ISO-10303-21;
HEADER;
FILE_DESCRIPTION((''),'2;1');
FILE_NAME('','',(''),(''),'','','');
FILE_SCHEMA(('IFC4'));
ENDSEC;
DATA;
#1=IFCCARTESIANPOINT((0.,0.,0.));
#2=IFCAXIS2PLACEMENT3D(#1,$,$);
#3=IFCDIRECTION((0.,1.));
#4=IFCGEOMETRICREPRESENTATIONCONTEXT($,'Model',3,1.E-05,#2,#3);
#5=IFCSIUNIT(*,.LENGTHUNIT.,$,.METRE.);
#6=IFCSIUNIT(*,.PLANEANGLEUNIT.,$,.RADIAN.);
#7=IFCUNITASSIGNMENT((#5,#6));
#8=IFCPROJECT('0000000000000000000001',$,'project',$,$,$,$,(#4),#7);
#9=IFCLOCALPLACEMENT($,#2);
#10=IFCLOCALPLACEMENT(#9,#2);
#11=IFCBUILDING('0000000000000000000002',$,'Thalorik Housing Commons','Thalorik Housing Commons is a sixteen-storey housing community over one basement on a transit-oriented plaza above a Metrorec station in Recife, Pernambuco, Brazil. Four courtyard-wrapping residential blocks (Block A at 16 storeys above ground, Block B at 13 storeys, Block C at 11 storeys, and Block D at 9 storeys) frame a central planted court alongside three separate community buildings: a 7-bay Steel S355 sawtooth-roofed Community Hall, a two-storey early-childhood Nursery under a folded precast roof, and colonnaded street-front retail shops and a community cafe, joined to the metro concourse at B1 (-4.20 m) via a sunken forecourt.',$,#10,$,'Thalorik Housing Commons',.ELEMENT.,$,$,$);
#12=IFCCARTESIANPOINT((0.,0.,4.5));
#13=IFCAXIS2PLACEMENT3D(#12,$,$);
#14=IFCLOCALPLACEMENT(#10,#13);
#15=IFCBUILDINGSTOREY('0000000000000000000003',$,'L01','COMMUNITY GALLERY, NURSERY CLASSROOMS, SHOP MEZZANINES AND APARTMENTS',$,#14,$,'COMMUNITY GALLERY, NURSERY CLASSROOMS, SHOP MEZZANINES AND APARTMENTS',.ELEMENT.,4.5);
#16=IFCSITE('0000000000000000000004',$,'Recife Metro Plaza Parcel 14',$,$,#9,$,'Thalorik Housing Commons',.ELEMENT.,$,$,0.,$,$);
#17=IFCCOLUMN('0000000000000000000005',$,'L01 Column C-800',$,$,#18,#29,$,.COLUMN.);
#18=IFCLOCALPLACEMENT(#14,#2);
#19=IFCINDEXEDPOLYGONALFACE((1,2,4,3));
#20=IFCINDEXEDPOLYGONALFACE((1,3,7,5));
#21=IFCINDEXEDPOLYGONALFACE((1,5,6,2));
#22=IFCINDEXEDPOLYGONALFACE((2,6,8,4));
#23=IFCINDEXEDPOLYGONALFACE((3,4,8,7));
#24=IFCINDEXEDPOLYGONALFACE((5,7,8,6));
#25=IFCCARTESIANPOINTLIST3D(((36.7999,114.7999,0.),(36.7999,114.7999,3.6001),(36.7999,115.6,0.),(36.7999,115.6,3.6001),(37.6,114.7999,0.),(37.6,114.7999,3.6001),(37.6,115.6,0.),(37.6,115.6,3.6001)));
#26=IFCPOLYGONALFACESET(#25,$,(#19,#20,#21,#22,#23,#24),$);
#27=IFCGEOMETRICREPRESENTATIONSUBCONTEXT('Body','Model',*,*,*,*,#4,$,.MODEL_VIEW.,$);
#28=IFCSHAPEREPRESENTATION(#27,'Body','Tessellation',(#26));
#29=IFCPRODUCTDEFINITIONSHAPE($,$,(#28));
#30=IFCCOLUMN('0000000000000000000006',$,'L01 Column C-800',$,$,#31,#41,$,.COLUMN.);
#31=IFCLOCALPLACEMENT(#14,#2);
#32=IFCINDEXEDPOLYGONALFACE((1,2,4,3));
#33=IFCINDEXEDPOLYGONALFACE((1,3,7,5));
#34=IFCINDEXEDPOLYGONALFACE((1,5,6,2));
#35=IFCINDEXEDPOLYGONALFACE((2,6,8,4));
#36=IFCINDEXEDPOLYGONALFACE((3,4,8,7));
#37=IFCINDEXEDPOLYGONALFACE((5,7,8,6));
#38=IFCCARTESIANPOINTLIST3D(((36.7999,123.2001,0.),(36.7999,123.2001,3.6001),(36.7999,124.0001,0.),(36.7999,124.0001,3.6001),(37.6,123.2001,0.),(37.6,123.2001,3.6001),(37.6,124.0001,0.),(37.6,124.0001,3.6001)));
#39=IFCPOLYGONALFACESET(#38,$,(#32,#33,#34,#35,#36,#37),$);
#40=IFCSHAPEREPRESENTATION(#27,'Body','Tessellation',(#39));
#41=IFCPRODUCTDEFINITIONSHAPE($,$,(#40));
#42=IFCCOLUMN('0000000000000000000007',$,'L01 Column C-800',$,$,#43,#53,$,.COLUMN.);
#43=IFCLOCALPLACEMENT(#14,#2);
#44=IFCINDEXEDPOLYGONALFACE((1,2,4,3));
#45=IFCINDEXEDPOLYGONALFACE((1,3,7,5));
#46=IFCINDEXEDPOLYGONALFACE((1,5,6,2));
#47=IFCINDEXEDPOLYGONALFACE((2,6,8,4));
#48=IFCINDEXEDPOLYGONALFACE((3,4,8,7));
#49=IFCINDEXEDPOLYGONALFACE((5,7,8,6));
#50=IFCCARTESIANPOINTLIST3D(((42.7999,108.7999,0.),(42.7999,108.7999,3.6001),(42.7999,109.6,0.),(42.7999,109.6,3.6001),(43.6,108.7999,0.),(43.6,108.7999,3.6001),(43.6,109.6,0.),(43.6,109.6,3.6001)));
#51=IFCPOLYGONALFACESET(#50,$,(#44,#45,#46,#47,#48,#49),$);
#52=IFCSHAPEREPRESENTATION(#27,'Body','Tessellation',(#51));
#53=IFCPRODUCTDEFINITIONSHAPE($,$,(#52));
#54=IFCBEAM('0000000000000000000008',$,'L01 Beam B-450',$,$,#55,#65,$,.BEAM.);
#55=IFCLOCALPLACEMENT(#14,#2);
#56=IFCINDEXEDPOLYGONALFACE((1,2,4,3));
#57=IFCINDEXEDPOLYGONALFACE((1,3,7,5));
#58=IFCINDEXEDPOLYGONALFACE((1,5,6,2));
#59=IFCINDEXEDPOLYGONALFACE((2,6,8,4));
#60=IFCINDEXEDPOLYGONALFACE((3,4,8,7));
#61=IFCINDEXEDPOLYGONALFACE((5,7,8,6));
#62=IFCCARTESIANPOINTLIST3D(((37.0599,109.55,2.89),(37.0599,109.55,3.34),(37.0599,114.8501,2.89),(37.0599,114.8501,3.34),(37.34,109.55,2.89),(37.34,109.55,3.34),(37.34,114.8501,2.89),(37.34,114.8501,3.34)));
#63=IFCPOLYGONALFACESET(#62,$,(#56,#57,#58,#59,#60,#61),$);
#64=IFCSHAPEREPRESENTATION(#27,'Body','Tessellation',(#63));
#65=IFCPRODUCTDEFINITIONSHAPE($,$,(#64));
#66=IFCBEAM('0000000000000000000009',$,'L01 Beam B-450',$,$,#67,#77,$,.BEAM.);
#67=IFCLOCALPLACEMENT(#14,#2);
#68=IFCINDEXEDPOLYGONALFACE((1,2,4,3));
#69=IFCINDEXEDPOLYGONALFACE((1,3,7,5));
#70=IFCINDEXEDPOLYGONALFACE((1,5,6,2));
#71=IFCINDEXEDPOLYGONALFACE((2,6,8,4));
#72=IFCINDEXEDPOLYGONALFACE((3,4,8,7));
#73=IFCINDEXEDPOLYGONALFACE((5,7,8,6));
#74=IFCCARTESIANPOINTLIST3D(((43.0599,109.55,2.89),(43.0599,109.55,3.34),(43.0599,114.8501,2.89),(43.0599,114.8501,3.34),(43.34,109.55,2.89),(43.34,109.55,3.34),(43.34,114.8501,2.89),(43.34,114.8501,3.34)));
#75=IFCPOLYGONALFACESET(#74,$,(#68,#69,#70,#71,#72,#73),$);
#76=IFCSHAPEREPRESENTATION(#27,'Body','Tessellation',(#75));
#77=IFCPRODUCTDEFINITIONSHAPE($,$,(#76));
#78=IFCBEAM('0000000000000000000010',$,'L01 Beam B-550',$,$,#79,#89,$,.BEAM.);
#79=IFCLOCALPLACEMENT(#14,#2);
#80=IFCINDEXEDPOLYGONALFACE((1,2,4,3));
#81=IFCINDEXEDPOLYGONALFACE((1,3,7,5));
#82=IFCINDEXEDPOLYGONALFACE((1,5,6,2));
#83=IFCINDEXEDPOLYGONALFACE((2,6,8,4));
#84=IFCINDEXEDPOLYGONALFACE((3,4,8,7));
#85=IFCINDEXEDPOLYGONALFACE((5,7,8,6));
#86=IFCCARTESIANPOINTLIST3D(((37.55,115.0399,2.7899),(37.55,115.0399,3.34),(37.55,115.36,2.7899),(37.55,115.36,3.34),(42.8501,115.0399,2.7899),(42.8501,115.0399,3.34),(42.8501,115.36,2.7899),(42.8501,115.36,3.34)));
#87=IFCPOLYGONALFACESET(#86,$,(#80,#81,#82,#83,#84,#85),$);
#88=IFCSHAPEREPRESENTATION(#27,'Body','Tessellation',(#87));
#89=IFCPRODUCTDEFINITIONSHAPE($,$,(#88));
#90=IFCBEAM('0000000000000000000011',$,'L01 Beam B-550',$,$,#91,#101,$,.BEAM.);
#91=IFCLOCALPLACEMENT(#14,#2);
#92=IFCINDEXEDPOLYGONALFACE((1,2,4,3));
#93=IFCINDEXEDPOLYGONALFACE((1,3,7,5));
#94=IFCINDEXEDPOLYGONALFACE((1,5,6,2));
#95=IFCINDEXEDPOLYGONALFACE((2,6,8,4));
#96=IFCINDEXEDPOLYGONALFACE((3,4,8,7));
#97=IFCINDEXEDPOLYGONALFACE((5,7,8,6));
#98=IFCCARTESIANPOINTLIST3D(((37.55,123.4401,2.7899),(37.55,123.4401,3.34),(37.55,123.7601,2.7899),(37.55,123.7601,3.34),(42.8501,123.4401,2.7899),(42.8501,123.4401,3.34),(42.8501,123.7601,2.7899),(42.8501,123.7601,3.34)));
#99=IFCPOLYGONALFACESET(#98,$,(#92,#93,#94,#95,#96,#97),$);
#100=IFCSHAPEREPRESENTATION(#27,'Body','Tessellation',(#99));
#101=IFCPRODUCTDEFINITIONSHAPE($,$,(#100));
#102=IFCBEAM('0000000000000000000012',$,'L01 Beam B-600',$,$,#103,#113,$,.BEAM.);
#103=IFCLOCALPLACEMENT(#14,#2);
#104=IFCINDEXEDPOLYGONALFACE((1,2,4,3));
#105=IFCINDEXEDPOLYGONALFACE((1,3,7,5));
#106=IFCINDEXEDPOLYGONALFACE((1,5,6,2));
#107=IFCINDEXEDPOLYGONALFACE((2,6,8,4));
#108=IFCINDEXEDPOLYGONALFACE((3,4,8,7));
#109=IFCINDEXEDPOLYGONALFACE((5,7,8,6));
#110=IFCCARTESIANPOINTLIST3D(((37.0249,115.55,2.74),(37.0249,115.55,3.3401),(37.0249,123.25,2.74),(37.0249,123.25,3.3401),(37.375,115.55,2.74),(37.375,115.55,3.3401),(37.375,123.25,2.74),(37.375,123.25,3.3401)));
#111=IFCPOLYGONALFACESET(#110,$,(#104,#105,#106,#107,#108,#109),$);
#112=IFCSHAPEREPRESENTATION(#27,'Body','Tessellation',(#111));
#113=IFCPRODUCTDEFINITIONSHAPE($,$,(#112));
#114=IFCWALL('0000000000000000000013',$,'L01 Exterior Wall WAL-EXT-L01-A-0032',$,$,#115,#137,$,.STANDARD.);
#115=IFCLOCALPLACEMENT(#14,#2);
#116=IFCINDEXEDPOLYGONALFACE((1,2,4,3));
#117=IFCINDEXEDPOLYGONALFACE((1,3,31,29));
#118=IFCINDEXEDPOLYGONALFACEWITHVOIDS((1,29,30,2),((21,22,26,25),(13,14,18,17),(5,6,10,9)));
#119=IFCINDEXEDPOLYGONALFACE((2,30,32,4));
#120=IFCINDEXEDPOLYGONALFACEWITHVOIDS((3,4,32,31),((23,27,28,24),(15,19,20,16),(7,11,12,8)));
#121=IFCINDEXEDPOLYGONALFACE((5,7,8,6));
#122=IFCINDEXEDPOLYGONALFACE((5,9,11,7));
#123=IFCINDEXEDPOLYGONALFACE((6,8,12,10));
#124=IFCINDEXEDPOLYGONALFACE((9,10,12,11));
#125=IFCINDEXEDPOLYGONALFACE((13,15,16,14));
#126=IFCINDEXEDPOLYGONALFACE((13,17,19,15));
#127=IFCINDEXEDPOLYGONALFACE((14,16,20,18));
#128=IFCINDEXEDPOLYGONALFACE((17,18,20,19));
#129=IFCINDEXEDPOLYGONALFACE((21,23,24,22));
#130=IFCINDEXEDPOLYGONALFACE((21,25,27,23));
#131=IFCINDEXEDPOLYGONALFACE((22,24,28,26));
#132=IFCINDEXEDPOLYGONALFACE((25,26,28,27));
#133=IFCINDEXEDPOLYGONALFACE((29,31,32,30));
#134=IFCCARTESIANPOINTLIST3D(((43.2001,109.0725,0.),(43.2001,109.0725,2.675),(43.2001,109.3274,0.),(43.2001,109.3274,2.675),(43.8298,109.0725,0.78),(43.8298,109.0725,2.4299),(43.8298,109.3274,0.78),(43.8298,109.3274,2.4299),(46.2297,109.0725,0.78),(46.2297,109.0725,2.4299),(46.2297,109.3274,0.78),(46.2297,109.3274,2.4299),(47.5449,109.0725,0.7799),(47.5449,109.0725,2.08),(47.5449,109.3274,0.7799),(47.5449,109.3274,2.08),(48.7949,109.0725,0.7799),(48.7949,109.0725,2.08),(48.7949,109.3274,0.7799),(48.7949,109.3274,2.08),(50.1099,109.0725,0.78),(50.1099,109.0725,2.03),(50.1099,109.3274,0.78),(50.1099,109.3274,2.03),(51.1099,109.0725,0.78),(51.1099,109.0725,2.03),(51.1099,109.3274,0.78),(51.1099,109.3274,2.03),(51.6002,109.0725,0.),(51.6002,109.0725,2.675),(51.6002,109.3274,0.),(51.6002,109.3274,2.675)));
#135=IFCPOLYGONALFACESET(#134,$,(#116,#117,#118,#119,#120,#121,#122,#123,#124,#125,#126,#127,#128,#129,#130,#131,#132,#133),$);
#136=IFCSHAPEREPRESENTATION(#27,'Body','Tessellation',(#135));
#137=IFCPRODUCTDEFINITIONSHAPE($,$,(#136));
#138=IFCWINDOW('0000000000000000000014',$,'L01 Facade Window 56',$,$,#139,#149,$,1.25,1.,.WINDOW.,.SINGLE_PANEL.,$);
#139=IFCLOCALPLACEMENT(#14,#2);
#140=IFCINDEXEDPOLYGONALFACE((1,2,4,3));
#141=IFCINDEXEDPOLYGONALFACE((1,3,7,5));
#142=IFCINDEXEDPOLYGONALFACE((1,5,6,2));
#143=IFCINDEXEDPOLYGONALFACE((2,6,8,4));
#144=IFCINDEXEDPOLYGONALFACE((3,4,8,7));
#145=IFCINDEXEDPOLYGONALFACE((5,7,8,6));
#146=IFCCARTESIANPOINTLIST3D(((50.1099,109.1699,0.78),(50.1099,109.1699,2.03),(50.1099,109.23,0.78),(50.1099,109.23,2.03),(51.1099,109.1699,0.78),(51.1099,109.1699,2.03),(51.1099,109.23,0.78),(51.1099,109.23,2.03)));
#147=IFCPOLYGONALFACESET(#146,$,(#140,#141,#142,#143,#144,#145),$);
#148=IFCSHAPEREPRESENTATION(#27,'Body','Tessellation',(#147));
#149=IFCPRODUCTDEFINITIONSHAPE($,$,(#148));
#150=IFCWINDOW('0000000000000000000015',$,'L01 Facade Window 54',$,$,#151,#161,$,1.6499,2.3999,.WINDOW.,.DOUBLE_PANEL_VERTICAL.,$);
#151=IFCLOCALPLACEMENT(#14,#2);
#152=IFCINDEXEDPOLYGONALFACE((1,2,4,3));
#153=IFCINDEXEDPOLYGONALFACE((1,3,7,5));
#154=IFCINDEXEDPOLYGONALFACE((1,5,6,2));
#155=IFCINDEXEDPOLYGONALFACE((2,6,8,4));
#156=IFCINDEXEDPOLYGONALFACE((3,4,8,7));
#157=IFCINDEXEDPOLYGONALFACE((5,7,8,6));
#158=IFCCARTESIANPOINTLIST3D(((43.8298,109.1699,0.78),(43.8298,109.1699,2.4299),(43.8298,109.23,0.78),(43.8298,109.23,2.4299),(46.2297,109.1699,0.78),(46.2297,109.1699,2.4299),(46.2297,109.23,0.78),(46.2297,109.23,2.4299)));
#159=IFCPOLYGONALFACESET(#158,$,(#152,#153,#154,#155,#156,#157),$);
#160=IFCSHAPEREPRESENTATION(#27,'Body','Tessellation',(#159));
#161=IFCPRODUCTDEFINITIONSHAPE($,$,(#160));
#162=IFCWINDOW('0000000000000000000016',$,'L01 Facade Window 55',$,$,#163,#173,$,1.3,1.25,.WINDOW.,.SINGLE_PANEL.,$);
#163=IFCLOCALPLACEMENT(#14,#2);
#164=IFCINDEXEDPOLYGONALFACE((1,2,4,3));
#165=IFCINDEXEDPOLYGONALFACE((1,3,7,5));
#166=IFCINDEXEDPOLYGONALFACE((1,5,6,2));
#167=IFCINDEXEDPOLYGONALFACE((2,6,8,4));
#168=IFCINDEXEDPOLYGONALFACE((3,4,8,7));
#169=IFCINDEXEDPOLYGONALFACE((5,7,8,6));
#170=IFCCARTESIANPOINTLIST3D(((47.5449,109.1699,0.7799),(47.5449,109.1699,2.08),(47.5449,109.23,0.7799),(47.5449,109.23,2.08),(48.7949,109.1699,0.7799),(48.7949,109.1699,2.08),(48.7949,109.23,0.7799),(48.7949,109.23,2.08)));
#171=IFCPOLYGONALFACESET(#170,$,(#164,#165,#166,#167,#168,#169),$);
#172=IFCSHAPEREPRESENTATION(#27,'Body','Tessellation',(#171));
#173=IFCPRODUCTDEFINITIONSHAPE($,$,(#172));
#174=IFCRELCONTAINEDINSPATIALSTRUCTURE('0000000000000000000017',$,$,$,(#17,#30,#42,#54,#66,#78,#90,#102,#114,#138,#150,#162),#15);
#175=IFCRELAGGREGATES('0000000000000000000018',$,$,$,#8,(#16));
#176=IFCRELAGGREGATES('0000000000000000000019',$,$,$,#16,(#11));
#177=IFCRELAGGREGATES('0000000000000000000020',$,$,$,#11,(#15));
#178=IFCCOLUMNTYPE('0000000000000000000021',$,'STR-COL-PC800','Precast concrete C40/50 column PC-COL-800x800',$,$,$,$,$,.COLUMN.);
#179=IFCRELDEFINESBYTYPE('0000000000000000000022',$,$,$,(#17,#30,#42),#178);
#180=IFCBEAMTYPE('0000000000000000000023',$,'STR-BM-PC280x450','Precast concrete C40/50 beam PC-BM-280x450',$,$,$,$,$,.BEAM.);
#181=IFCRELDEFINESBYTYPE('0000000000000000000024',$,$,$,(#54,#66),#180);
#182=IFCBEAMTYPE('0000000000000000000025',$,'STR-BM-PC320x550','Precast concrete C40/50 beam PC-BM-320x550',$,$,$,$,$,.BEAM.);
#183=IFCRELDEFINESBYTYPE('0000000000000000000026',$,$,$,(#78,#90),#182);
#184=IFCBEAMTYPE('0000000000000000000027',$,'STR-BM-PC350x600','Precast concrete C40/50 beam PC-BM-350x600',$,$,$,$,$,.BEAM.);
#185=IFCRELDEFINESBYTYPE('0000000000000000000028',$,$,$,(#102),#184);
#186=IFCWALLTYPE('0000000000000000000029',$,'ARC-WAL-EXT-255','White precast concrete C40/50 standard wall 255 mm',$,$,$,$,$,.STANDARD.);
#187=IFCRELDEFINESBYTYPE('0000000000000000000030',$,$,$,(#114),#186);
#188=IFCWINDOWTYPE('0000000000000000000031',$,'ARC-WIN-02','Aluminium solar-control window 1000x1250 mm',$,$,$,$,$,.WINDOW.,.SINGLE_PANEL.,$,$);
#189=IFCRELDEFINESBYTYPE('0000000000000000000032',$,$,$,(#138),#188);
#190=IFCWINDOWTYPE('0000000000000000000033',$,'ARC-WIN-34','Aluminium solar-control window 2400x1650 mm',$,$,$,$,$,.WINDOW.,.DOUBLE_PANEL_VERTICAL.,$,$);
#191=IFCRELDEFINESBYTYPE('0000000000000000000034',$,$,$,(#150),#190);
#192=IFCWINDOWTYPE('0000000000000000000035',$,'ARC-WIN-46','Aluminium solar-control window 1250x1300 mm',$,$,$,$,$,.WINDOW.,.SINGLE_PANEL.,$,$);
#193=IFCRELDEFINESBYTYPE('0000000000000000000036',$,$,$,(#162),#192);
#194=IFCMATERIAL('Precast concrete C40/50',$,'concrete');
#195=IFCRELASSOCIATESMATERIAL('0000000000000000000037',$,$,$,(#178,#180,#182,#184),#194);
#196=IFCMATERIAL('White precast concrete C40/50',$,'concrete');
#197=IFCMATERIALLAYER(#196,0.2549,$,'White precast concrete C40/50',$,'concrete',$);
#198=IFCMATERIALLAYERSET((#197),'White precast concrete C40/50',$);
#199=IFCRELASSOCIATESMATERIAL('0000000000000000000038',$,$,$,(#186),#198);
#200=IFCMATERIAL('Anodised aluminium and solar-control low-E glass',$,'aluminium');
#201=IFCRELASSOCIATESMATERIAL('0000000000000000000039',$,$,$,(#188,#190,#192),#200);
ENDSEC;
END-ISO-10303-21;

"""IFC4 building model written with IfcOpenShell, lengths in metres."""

from ifc_helpers import new_model, si_unit, direction, frame, frame_2d, origin, origin_2d, place, context, subcontext, project, spatial, rectangle, extrude, material, layer, layer_set, material_profile, profile_set, type_object, element, fill, save


model = new_model("IFC4")

# Units and contexts
model_context = context("Model", 3, precision=1e-05, world=origin(), true_north=direction((0.0, 1.0)))
body_context = subcontext(model_context, "Body", "Model", "MODEL_VIEW")
ifc_project = project(units=[si_unit("LENGTHUNIT", "METRE"), si_unit("PLANEANGLEUNIT", "RADIAN")], contexts=[model_context])

# Site, building, storey
site_placement = place(None, origin())
site = spatial("IfcSite", under=ifc_project, at=site_placement, Name="Recife Metro Plaza Parcel 14", LongName="Thalorik Housing Commons", CompositionType="ELEMENT", RefElevation=0.0)
building_placement = place(site_placement, origin())
building = spatial("IfcBuilding", under=site, at=building_placement, Name="Thalorik Housing Commons", Description="Thalorik Housing Commons is a sixteen-storey housing community over one basement on a transit-oriented plaza above a Metrorec station in Recife, Pernambuco, Brazil. Four courtyard-wrapping residential blocks (Block A at 16 storeys above ground, Block B at 13 storeys, Block C at 11 storeys, and Block D at 9 storeys) frame a central planted court alongside three separate community buildings: a 7-bay Steel S355 sawtooth-roofed Community Hall, a two-storey early-childhood Nursery under a folded precast roof, and colonnaded street-front retail shops and a community cafe, joined to the metro concourse at B1 (-4.20 m) via a sunken forecourt.", LongName="Thalorik Housing Commons", CompositionType="ELEMENT")
storey_placement = place(building_placement, frame((0.0, 0.0, 4.5)))
storey = spatial("IfcBuildingStorey", under=building, at=storey_placement, Name="L01", Description="COMMUNITY GALLERY, NURSERY CLASSROOMS, SHOP MEZZANINES AND APARTMENTS", LongName="COMMUNITY GALLERY, NURSERY CLASSROOMS, SHOP MEZZANINES AND APARTMENTS", CompositionType="ELEMENT", Elevation=4.5)

# Columns
ifc_material_1 = material(Name="Precast concrete C40/50", Category="concrete")
ifc_material_profile_1 = material_profile(ifc_material_1, rectangle(XDim=0.8, YDim=0.8, at=origin_2d()), Name="PC 800x800", Category="concrete")
ifc_profile_set_1 = profile_set([ifc_material_profile_1], Name="Precast concrete C40/50")
column_type = type_object("IfcColumnType", Name="STR-COL-PC800", Description="Precast concrete C40/50 column PC-COL-800x800", PredefinedType="COLUMN", material=ifc_profile_set_1)
for number, where, z_axis, x_axis, name in (
    (1, (37.2, 115.2, 0.0), (0.0, 0.0, 1.0), (1.0, 0.0, 0.0), "L01 Column C-800"),
    (2, (37.2, 123.6001, 0.0), (0.0, 0.0, 1.0), (1.0, 0.0, 0.0), "L01 Column C-800"),
    (3, (43.2, 109.2, 0.0), (0.0, 0.0, 1.0), (1.0, 0.0, 0.0), "L01 Column C-800"),
):
    element("IfcColumn", number, at=place(storey_placement, frame(where, z_axis=z_axis, x_axis=x_axis)), inside=storey, type_object=column_type, Name=name, PredefinedType="COLUMN", context=body_context, shape_type="SweptSolid", body=[
        extrude(rectangle(XDim=0.8, YDim=0.8, at=origin_2d()), origin(), (0.0, 0.0, 1.0), 3.6001),
    ])

# Beams
ifc_material_profile_2 = material_profile(ifc_material_1, rectangle(XDim=0.28, YDim=0.45, at=origin_2d()), Name="PC 280x450", Category="concrete")
ifc_profile_set_2 = profile_set([ifc_material_profile_2], Name="Precast concrete C40/50")
beam_type_1 = type_object("IfcBeamType", Name="STR-BM-PC280x450", Description="Precast concrete C40/50 beam PC-BM-280x450", PredefinedType="BEAM", material=ifc_profile_set_2)
for number, where, z_axis, x_axis, name in (
    (4, (37.2, 109.55, 3.115), (0.0, 1.0, 0.0), (-1.0, 0.0, 0.0), "L01 Beam B-450"),
    (5, (43.2, 109.55, 3.115), (0.0, 1.0, 0.0), (-1.0, 0.0, 0.0), "L01 Beam B-450"),
):
    element("IfcBeam", number, at=place(storey_placement, frame(where, z_axis=z_axis, x_axis=x_axis)), inside=storey, type_object=beam_type_1, Name=name, PredefinedType="BEAM", context=body_context, shape_type="SweptSolid", body=[
        extrude(rectangle(XDim=0.28, YDim=0.45, at=origin_2d()), origin(), (0.0, 0.0, 1.0), 5.3),
    ])
ifc_material_profile_3 = material_profile(ifc_material_1, rectangle(XDim=0.3201, YDim=0.55, at=origin_2d()), Name="PC 320x550", Category="concrete")
ifc_profile_set_3 = profile_set([ifc_material_profile_3], Name="Precast concrete C40/50")
beam_type_2 = type_object("IfcBeamType", Name="STR-BM-PC320x550", Description="Precast concrete C40/50 beam PC-BM-320x550", PredefinedType="BEAM", material=ifc_profile_set_3)
for number, where, z_axis, x_axis, name in (
    (6, (37.55, 115.2, 3.0649), (1.0, 0.0, 0.0), (0.0, 1.0, 0.0), "L01 Beam B-550"),
    (7, (37.55, 123.6001, 3.0649), (1.0, 0.0, 0.0), (0.0, 1.0, 0.0), "L01 Beam B-550"),
):
    element("IfcBeam", number, at=place(storey_placement, frame(where, z_axis=z_axis, x_axis=x_axis)), inside=storey, type_object=beam_type_2, Name=name, PredefinedType="BEAM", context=body_context, shape_type="SweptSolid", body=[
        extrude(rectangle(XDim=0.3201, YDim=0.55, at=origin_2d()), origin(), (0.0, 0.0, 1.0), 5.3),
    ])
ifc_material_profile_4 = material_profile(ifc_material_1, rectangle(XDim=0.3501, YDim=0.6001, at=origin_2d()), Name="PC 350x600", Category="concrete")
ifc_profile_set_4 = profile_set([ifc_material_profile_4], Name="Precast concrete C40/50")
beam_type_3 = type_object("IfcBeamType", Name="STR-BM-PC350x600", Description="Precast concrete C40/50 beam PC-BM-350x600", PredefinedType="BEAM", material=ifc_profile_set_4)
beam_placement = place(storey_placement, frame((37.2, 115.55, 3.04), z_axis=(0.0, 1.0, 0.0), x_axis=(-1.0, 0.0, 0.0)))
element("IfcBeam", 8, at=beam_placement, inside=storey, type_object=beam_type_3, Name="L01 Beam B-600", PredefinedType="BEAM", context=body_context, shape_type="SweptSolid", body=[
    extrude(rectangle(XDim=0.3501, YDim=0.6001, at=origin_2d()), origin(), (0.0, 0.0, 1.0), 7.7),
])

# Wall, openings, windows
ifc_material_2 = material(Name="White precast concrete C40/50", Category="concrete")
ifc_layer_1 = layer(ifc_material_2, 0.2549, Name="White precast concrete C40/50", Category="concrete")
ifc_layer_set_1 = layer_set([ifc_layer_1], Name="White precast concrete C40/50")
wall_type_1 = type_object("IfcWallType", Name="ARC-WAL-EXT-255", Description="White precast concrete C40/50 standard wall 255 mm", PredefinedType="STANDARD", material=ifc_layer_set_1)
wall_1_placement = place(storey_placement, frame((43.2, 109.2, 0.0), z_axis=(0.0, 0.0, 1.0), x_axis=(1.0, 0.0, 0.0)))
wall_1 = element("IfcWall", 9, at=wall_1_placement, inside=storey, type_object=wall_type_1, Name="L01 Exterior Wall WAL-EXT-L01-A-0032", PredefinedType="STANDARD", context=body_context, shape_type="SweptSolid", body=[
    extrude(rectangle(XDim=8.4001, YDim=0.2549, at=frame_2d((4.2002, 0.0))), origin(), (0.0, 0.0, 1.0), 2.675),
])
opening_1_placement = place(wall_1_placement, frame((0.6299, 0.0, 0.78)))
opening_1 = element("IfcOpeningElement", 10, at=opening_1_placement, cuts=wall_1, PredefinedType="OPENING", context=body_context, shape_type="SweptSolid", body=[
    extrude(rectangle(XDim=2.3999, YDim=1.6499, at=frame_2d((1.2, 0.825))), frame((0.0, 0.1375, 0.0), z_axis=(0.0, -1.0, 0.0), x_axis=(1.0, 0.0, 0.0)), (0.0, 0.0, 1.0), 0.2749),
])
opening_2_placement = place(wall_1_placement, frame((4.345, 0.0, 0.78)))
opening_2 = element("IfcOpeningElement", 11, at=opening_2_placement, cuts=wall_1, PredefinedType="OPENING", context=body_context, shape_type="SweptSolid", body=[
    extrude(rectangle(XDim=1.25, YDim=1.3, at=frame_2d((0.625, 0.6499))), frame((0.0, 0.1375, 0.0), z_axis=(0.0, -1.0, 0.0), x_axis=(1.0, 0.0, 0.0)), (0.0, 0.0, 1.0), 0.2749),
])
opening_3_placement = place(wall_1_placement, frame((6.9099, 0.0, 0.78)))
opening_3 = element("IfcOpeningElement", 12, at=opening_3_placement, cuts=wall_1, PredefinedType="OPENING", context=body_context, shape_type="SweptSolid", body=[
    extrude(rectangle(XDim=1.0, YDim=1.25, at=frame_2d((0.5, 0.625))), frame((0.0, 0.1375, 0.0), z_axis=(0.0, -1.0, 0.0), x_axis=(1.0, 0.0, 0.0)), (0.0, 0.0, 1.0), 0.2749),
])
ifc_material_3 = material(Name="Anodised aluminium and solar-control low-E glass", Category="aluminium")
window_type_1 = type_object("IfcWindowType", Name="ARC-WIN-02", Description="Aluminium solar-control window 1000x1250 mm", PartitioningType="SINGLE_PANEL", PredefinedType="WINDOW", material=ifc_material_3)
window_1_placement = place(opening_3_placement, origin())
window_1 = element("IfcWindow", 13, at=window_1_placement, inside=storey, type_object=window_type_1, Name="L01 Facade Window 56", OverallHeight=1.25, OverallWidth=1.0, PartitioningType="SINGLE_PANEL", PredefinedType="WINDOW", context=body_context, shape_type="SweptSolid", body=[
    extrude(rectangle(XDim=1.0, YDim=1.25, at=frame_2d((0.5, 0.625))), frame((0.0, 0.03, 0.0), z_axis=(0.0, -1.0, 0.0), x_axis=(1.0, 0.0, 0.0)), (0.0, 0.0, 1.0), 0.0601),
])
fill(opening_3, window_1)
window_type_2 = type_object("IfcWindowType", Name="ARC-WIN-34", Description="Aluminium solar-control window 2400x1650 mm", PartitioningType="DOUBLE_PANEL_VERTICAL", PredefinedType="WINDOW", material=ifc_material_3)
window_2_placement = place(opening_1_placement, origin())
window_2 = element("IfcWindow", 14, at=window_2_placement, inside=storey, type_object=window_type_2, Name="L01 Facade Window 54", OverallHeight=1.6499, OverallWidth=2.3999, PartitioningType="DOUBLE_PANEL_VERTICAL", PredefinedType="WINDOW", context=body_context, shape_type="SweptSolid", body=[
    extrude(rectangle(XDim=2.3999, YDim=1.6499, at=frame_2d((1.2, 0.825))), frame((0.0, 0.03, 0.0), z_axis=(0.0, -1.0, 0.0), x_axis=(1.0, 0.0, 0.0)), (0.0, 0.0, 1.0), 0.0601),
])
fill(opening_1, window_2)
window_type_3 = type_object("IfcWindowType", Name="ARC-WIN-46", Description="Aluminium solar-control window 1250x1300 mm", PartitioningType="SINGLE_PANEL", PredefinedType="WINDOW", material=ifc_material_3)
window_3_placement = place(opening_2_placement, origin())
window_3 = element("IfcWindow", 15, at=window_3_placement, inside=storey, type_object=window_type_3, Name="L01 Facade Window 55", OverallHeight=1.3, OverallWidth=1.25, PartitioningType="SINGLE_PANEL", PredefinedType="WINDOW", context=body_context, shape_type="SweptSolid", body=[
    extrude(rectangle(XDim=1.25, YDim=1.3, at=frame_2d((0.625, 0.6499))), frame((0.0, 0.03, 0.0), z_axis=(0.0, -1.0, 0.0), x_axis=(1.0, 0.0, 0.0)), (0.0, 0.0, 1.0), 0.0601),
])
fill(opening_2, window_3)

save(model, "model.ifc")
